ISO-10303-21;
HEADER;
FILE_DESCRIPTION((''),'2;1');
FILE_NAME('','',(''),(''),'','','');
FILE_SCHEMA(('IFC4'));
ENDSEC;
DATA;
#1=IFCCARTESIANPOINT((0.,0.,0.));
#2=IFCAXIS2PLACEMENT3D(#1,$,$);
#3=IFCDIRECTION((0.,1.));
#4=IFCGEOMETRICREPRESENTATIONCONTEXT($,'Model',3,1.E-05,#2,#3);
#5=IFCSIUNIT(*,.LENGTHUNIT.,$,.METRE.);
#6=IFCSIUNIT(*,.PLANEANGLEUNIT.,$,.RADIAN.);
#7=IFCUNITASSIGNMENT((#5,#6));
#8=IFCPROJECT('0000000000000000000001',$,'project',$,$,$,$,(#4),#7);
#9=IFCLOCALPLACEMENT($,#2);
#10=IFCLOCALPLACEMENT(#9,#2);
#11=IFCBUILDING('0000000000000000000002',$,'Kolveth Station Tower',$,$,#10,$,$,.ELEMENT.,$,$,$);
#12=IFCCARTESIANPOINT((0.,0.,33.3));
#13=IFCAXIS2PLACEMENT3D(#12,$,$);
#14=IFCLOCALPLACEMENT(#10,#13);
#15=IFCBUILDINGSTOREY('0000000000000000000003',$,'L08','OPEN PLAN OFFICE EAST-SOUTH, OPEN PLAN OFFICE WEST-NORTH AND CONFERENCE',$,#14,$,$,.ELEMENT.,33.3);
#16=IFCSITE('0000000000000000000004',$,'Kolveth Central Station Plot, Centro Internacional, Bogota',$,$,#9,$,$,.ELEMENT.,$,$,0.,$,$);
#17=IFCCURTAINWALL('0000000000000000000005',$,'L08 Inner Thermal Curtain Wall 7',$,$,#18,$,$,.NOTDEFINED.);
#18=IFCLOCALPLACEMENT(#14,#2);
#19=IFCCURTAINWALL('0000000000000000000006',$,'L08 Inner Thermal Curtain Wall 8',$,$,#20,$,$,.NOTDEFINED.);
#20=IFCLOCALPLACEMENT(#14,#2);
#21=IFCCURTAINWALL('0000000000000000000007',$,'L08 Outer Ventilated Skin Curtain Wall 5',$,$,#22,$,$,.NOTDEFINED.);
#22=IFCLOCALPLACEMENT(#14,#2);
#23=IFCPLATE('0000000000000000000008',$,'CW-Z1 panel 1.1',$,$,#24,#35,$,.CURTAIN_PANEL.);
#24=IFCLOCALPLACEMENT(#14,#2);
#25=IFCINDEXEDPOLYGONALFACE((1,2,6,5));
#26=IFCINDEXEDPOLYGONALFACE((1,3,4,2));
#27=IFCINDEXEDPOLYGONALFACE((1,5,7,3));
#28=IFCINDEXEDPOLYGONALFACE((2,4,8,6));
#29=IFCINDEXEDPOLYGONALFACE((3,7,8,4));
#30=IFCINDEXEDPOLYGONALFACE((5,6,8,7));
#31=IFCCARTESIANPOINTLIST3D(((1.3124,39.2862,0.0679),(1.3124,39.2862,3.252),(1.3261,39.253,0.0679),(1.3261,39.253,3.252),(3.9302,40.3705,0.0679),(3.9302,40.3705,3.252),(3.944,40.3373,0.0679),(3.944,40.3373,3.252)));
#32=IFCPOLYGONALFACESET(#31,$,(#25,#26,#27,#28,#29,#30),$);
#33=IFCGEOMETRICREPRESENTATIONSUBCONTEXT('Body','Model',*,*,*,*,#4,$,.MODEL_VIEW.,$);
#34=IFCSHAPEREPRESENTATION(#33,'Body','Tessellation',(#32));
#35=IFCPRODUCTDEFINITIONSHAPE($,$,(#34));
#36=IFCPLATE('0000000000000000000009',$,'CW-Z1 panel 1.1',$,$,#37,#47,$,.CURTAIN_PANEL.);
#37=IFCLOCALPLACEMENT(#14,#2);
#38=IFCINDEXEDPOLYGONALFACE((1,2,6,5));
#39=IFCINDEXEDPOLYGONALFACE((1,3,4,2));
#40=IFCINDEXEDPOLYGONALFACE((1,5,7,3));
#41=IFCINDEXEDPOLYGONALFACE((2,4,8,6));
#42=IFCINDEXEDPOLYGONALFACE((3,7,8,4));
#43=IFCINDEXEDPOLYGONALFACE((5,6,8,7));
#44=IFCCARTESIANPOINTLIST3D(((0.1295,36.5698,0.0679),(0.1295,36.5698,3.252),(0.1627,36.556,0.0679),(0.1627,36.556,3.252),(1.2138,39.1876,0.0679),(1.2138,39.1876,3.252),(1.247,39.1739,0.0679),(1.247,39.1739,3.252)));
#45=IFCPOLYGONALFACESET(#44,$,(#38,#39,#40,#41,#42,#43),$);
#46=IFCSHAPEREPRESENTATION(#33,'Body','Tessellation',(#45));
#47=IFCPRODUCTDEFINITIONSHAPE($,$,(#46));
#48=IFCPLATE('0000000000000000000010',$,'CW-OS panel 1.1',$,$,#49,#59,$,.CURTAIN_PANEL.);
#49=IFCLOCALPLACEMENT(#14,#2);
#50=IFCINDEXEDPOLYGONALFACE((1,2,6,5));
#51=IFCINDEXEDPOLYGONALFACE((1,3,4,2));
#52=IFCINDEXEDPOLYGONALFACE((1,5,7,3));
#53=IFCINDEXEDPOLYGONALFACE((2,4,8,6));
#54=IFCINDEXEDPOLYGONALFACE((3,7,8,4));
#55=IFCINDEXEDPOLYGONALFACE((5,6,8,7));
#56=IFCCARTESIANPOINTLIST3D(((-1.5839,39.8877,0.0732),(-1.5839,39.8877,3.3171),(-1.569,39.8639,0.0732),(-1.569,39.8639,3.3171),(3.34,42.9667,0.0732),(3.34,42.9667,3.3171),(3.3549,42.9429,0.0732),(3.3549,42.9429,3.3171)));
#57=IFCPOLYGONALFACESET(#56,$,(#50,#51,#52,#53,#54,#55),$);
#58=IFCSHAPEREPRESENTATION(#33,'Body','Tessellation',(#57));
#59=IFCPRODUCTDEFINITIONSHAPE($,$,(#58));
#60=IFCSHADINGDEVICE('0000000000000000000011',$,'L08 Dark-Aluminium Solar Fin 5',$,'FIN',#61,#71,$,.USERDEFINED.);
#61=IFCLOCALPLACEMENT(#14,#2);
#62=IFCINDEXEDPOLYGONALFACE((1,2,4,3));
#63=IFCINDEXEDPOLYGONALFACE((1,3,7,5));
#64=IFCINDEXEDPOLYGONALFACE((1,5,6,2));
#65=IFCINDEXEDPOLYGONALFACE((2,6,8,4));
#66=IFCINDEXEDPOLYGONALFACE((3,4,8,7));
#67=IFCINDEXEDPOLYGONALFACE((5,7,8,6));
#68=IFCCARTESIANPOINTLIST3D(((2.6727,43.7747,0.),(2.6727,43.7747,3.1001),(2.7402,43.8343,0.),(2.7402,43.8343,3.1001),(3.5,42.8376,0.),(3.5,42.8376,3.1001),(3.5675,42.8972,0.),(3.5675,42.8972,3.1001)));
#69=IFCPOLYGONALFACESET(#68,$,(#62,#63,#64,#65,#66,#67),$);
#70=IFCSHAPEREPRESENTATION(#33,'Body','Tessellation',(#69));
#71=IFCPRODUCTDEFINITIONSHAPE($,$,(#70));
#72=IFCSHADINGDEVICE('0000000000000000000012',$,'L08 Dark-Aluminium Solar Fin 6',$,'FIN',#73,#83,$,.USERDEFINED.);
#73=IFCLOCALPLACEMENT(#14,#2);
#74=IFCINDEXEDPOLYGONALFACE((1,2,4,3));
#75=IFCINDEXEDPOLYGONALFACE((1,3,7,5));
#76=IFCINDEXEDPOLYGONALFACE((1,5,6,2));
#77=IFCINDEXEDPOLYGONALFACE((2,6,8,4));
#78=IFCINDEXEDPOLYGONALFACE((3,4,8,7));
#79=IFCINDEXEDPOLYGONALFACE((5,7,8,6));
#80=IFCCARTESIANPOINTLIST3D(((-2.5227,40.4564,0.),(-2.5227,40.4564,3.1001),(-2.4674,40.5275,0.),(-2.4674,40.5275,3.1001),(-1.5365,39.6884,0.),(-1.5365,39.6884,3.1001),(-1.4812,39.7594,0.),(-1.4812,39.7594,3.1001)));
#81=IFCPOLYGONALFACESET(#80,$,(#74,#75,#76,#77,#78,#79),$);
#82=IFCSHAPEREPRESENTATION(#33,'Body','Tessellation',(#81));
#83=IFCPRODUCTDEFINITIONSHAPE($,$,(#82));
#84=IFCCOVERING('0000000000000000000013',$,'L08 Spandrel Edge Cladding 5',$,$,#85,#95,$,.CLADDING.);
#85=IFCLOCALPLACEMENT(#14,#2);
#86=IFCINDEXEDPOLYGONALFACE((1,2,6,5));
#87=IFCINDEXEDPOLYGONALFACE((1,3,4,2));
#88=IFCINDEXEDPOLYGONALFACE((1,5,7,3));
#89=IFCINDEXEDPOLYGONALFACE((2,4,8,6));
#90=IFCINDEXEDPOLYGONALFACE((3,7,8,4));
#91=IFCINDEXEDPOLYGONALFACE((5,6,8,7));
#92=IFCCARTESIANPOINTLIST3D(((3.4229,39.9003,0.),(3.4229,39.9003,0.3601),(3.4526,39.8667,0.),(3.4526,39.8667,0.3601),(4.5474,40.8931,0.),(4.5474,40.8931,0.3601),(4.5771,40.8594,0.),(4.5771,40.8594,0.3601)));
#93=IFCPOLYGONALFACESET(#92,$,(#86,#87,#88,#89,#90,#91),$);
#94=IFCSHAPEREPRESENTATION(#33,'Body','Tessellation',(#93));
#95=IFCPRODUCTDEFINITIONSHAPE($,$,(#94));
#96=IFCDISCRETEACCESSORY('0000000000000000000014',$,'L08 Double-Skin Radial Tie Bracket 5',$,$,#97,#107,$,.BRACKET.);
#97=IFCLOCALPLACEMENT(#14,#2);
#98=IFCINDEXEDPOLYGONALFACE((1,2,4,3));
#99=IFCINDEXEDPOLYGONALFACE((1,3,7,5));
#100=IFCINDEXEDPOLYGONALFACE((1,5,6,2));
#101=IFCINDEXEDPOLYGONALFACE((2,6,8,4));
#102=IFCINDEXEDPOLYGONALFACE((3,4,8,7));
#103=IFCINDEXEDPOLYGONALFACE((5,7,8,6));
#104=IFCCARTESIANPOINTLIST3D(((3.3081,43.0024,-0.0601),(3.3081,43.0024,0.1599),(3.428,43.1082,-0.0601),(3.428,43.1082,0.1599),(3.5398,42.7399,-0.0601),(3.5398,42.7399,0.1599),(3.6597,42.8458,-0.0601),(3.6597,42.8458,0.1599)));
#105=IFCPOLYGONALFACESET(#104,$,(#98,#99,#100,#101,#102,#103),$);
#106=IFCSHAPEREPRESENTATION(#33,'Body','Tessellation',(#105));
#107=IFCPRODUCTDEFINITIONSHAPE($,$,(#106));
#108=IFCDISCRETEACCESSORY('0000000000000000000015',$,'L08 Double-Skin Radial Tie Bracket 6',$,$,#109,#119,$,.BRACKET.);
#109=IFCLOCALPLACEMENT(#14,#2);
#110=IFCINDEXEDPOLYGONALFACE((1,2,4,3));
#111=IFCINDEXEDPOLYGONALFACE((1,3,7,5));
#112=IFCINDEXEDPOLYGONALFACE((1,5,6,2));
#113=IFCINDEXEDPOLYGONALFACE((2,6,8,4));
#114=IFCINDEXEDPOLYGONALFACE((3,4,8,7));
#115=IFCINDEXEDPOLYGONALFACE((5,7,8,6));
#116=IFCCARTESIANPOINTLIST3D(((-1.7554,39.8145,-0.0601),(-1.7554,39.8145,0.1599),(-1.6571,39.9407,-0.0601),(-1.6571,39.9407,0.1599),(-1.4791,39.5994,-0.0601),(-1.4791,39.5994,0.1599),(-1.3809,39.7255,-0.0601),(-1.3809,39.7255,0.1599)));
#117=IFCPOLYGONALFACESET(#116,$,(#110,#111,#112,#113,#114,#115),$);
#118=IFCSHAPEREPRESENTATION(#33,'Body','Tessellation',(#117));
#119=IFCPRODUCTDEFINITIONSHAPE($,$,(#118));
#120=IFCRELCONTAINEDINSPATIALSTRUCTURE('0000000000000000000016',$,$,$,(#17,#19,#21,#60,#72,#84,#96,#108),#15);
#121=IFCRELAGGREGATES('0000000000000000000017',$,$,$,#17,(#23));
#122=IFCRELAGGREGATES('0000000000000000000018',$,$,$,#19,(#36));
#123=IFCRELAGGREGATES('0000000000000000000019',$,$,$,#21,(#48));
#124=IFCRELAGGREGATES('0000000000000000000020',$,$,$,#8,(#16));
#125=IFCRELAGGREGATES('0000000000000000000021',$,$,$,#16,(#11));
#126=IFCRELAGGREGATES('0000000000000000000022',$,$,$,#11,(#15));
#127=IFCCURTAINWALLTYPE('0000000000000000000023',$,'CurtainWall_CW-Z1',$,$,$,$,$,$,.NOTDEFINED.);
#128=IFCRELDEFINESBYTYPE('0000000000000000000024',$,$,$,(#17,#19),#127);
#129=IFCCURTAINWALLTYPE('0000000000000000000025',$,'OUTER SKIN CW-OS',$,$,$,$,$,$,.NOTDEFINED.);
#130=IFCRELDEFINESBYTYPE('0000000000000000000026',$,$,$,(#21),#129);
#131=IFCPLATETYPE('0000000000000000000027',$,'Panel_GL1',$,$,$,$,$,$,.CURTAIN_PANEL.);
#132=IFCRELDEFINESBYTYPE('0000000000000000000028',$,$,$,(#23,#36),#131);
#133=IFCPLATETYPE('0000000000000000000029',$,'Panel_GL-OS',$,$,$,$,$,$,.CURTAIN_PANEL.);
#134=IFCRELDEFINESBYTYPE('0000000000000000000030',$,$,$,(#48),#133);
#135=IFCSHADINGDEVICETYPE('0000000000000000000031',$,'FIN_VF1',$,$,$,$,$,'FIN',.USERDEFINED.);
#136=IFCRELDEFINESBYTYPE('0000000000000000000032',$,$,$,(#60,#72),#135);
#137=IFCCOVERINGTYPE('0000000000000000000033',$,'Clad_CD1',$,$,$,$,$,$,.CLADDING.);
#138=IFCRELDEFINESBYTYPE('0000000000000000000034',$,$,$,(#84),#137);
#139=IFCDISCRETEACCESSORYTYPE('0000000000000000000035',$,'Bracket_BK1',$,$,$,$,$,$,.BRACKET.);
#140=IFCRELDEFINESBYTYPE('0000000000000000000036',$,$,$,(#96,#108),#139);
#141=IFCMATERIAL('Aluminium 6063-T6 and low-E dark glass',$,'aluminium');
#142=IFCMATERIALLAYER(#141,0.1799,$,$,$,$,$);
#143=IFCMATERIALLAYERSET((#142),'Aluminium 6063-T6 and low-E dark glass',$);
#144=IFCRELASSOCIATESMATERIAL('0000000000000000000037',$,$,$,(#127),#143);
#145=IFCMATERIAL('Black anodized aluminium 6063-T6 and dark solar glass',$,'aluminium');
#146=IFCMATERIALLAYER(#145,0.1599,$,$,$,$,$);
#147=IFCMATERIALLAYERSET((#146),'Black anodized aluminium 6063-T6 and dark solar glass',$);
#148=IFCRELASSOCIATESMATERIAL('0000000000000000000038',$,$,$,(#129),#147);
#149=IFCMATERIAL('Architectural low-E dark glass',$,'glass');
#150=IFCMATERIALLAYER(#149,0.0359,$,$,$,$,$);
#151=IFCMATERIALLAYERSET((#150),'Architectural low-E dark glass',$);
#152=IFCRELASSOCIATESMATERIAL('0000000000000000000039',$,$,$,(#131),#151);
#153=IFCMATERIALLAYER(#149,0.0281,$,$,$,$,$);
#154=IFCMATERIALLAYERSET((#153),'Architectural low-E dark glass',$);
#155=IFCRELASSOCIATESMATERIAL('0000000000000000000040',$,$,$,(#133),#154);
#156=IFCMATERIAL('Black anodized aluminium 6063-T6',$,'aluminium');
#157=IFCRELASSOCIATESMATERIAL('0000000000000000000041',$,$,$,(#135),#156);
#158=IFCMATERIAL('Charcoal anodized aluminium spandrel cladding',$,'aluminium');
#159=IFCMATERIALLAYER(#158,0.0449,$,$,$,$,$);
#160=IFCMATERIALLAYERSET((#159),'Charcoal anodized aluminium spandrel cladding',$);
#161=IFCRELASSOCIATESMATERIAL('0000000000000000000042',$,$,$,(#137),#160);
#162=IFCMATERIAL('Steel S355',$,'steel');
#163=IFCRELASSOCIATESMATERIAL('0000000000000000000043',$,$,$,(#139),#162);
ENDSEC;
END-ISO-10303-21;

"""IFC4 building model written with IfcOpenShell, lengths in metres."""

from ifc_helpers import new_model, si_unit, direction, frame, origin, origin_2d, place, context, subcontext, project, spatial, rectangle, extrude, source, transform, mapped, material, layer, layer_set, type_object, element, aggregate, save


model = new_model("IFC4")

# Units and contexts
model_context = context("Model", 3, precision=1e-05, world=origin(), true_north=direction((0.0, 1.0)))
body_context = subcontext(model_context, "Body", "Model", "MODEL_VIEW")
ifc_project = project(units=[si_unit("LENGTHUNIT", "METRE"), si_unit("PLANEANGLEUNIT", "RADIAN")], contexts=[model_context])

# Site, building, storey
site_placement = place(None, origin())
site = spatial("IfcSite", under=ifc_project, at=site_placement, Name="Kolveth Central Station Plot, Centro Internacional, Bogota", CompositionType="ELEMENT", RefElevation=0.0)
building_placement = place(site_placement, origin())
building = spatial("IfcBuilding", under=site, at=building_placement, Name="Kolveth Station Tower", CompositionType="ELEMENT")
storey_placement = place(building_placement, frame((0.0, 0.0, 33.3)))
storey = spatial("IfcBuildingStorey", under=building, at=storey_placement, Name="L08", Description="OPEN PLAN OFFICE EAST-SOUTH, OPEN PLAN OFFICE WEST-NORTH AND CONFERENCE", CompositionType="ELEMENT", Elevation=33.3)

# Shared definitions
ifc_material_1 = material(Name="Steel S355", Category="steel")

# Shared definitions
ifc_material_2 = material(Name="Aluminium 6063-T6 and low-E dark glass", Category="aluminium")
ifc_layer_1 = layer(ifc_material_2, 0.1799)
ifc_layer_set_1 = layer_set([ifc_layer_1], Name="Aluminium 6063-T6 and low-E dark glass")
curtain_wall_type_1 = type_object("IfcCurtainWallType", Name="CurtainWall_CW-Z1", PredefinedType="NOTDEFINED", material=ifc_layer_set_1)
ifc_material_3 = material(Name="Black anodized aluminium 6063-T6", Category="aluminium")

# Curtain walls
curtain_wall_1_placement = place(storey_placement, origin())
curtain_wall_1 = element("IfcCurtainWall", 1, at=curtain_wall_1_placement, inside=storey, type_object=curtain_wall_type_1, Name="L08 Inner Thermal Curtain Wall 7", PredefinedType="NOTDEFINED")
curtain_wall_2_placement = place(storey_placement, origin())
curtain_wall_2 = element("IfcCurtainWall", 2, at=curtain_wall_2_placement, inside=storey, type_object=curtain_wall_type_1, Name="L08 Inner Thermal Curtain Wall 8", PredefinedType="NOTDEFINED")

# Shared definitions
ifc_material_4 = material(Name="Black anodized aluminium 6063-T6 and dark solar glass", Category="aluminium")
ifc_layer_2 = layer(ifc_material_4, 0.1599)
ifc_layer_set_2 = layer_set([ifc_layer_2], Name="Black anodized aluminium 6063-T6 and dark solar glass")
curtain_wall_type_2 = type_object("IfcCurtainWallType", Name="OUTER SKIN CW-OS", PredefinedType="NOTDEFINED", material=ifc_layer_set_2)

# Curtain wall
curtain_wall_3_placement = place(storey_placement, origin())
curtain_wall_3 = element("IfcCurtainWall", 3, at=curtain_wall_3_placement, inside=storey, type_object=curtain_wall_type_2, Name="L08 Outer Ventilated Skin Curtain Wall 5", PredefinedType="NOTDEFINED")

# Plates
ifc_material_5 = material(Name="Architectural low-E dark glass", Category="glass")
ifc_layer_3 = layer(ifc_material_5, 0.0359)
ifc_layer_set_3 = layer_set([ifc_layer_3], Name="Architectural low-E dark glass")
plate_type_1 = type_object("IfcPlateType", Name="Panel_GL1", PredefinedType="CURTAIN_PANEL", material=ifc_layer_set_3)
shared_shape_1 = source(origin(), body_context, "Body", "SweptSolid", [
    extrude(rectangle(XDim=2.8335, YDim=0.0359, at=origin_2d()), origin(), (0.0, 0.0, 1.0), 3.1841),
])
plate_1_placement = place(storey_placement, frame((2.6282, 39.8118, 0.0679), z_axis=(0.0, 0.0, 1.0), x_axis=(-0.923884, -0.382673, 0.0)))
plate_1 = element("IfcPlate", 4, at=plate_1_placement, type_object=plate_type_1, Name="CW-Z1 panel 1.1", PredefinedType="CURTAIN_PANEL", context=body_context, shape_type="MappedRepresentation", body=[
    mapped(shared_shape_1, transform((0.0, 0.0, 0.0), x_axis=(1.0, 0.0, 0.0), y_axis=(0.0, 1.0, 0.0), z_axis=(0.0, 0.0, 1.0), scale=1.0)),
])
aggregate(curtain_wall_1, [plate_1])
plate_2_placement = place(storey_placement, frame((0.6882, 37.8718, 0.0679), z_axis=(0.0, 0.0, 1.0), x_axis=(-0.382673, -0.923884, 0.0)))
plate_2 = element("IfcPlate", 5, at=plate_2_placement, type_object=plate_type_1, Name="CW-Z1 panel 1.1", PredefinedType="CURTAIN_PANEL", context=body_context, shape_type="MappedRepresentation", body=[
    mapped(shared_shape_1, transform((0.0, 0.0, 0.0), x_axis=(1.0, 0.0, 0.0), y_axis=(0.0, 1.0, 0.0), z_axis=(0.0, 0.0, 1.0), scale=1.0)),
])
aggregate(curtain_wall_2, [plate_2])
ifc_layer_4 = layer(ifc_material_5, 0.0281)
ifc_layer_set_4 = layer_set([ifc_layer_4], Name="Architectural low-E dark glass")
plate_type_2 = type_object("IfcPlateType", Name="Panel_GL-OS", PredefinedType="CURTAIN_PANEL", material=ifc_layer_set_4)
shared_shape_2 = source(origin(), body_context, "Body", "SweptSolid", [
    extrude(rectangle(XDim=5.8074, YDim=0.0281, at=origin_2d()), origin(), (0.0, 0.0, 1.0), 3.2439),
])
plate_3_placement = place(storey_placement, frame((0.8855, 41.4153, 0.0732), z_axis=(0.0, 0.0, 1.0), x_axis=(-0.847876, -0.530195, 0.0)))
plate_3 = element("IfcPlate", 6, at=plate_3_placement, type_object=plate_type_2, Name="CW-OS panel 1.1", PredefinedType="CURTAIN_PANEL", context=body_context, shape_type="MappedRepresentation", body=[
    mapped(shared_shape_2, transform((0.0, 0.0, 0.0), x_axis=(1.0, 0.0, 0.0), y_axis=(0.0, 1.0, 0.0), z_axis=(0.0, 0.0, 1.0), scale=1.0)),
])
aggregate(curtain_wall_3, [plate_3])

# Shading devices
shading_device_type = type_object("IfcShadingDeviceType", Name="FIN_VF1", ElementType="FIN", PredefinedType="USERDEFINED", material=ifc_material_3)
shared_shape_3 = source(origin(), body_context, "Body", "SweptSolid", [
    extrude(rectangle(XDim=1.25, YDim=0.0901, at=origin_2d()), origin(), (0.0, 0.0, 1.0), 3.1001),
])
for number, where, z_axis, x_axis, name in (
    (7, (3.1201, 43.3359, 0.0), (0.0, 0.0, 1.0), (-0.661835, 0.749649, 0.0), "L08 Dark-Aluminium Solar Fin 5"),
    (8, (-2.002, 40.1079, 0.0), (0.0, 0.0, 1.0), (-0.788977, 0.614423, 0.0), "L08 Dark-Aluminium Solar Fin 6"),
):
    element("IfcShadingDevice", number, at=place(storey_placement, frame(where, z_axis=z_axis, x_axis=x_axis)), inside=storey, type_object=shading_device_type, Name=name, ObjectType="FIN", PredefinedType="USERDEFINED", context=body_context, shape_type="MappedRepresentation", body=[
        mapped(shared_shape_3, transform((0.0, 0.0, 0.0), x_axis=(1.0, 0.0, 0.0), y_axis=(0.0, 1.0, 0.0), z_axis=(0.0, 0.0, 1.0), scale=1.0)),
    ])

# Covering
ifc_material_6 = material(Name="Charcoal anodized aluminium spandrel cladding", Category="aluminium")
ifc_layer_5 = layer(ifc_material_6, 0.0449)
ifc_layer_set_5 = layer_set([ifc_layer_5], Name="Charcoal anodized aluminium spandrel cladding")
covering_type = type_object("IfcCoveringType", Name="Clad_CD1", PredefinedType="CLADDING", material=ifc_layer_set_5)
shared_shape_4 = source(origin(), body_context, "Body", "SweptSolid", [
    extrude(rectangle(XDim=1.5, YDim=0.0449, at=origin_2d()), origin(), (0.0, 0.0, 1.0), 0.3601),
])
covering_placement = place(storey_placement, frame((4.0, 40.3799, 0.0), z_axis=(0.0, 0.0, 1.0), x_axis=(-0.749649, -0.661835, 0.0)))
element("IfcCovering", 9, at=covering_placement, inside=storey, type_object=covering_type, Name="L08 Spandrel Edge Cladding 5", PredefinedType="CLADDING", context=body_context, shape_type="MappedRepresentation", body=[
    mapped(shared_shape_4, transform((0.0, 0.0, 0.0), x_axis=(1.0, 0.0, 0.0), y_axis=(0.0, 1.0, 0.0), z_axis=(0.0, 0.0, 1.0), scale=1.0)),
])

# Discrete accessories
discrete_accessory_type = type_object("IfcDiscreteAccessoryType", Name="Bracket_BK1", PredefinedType="BRACKET", material=ifc_material_1)
shared_shape_5 = source(origin(), body_context, "Body", "SweptSolid", [
    extrude(rectangle(XDim=0.3501, YDim=0.1599, at=origin_2d()), origin(), (0.0, 0.0, 1.0), 0.22),
])
for number, where, z_axis, x_axis, name in (
    (10, (3.4839, 42.9241, -0.0601), (0.0, 0.0, 1.0), (-0.661835, 0.749649, 0.0), "L08 Double-Skin Radial Tie Bracket 5"),
    (11, (-1.5681, 39.77, -0.0601), (0.0, 0.0, 1.0), (-0.788977, 0.614423, 0.0), "L08 Double-Skin Radial Tie Bracket 6"),
):
    element("IfcDiscreteAccessory", number, at=place(storey_placement, frame(where, z_axis=z_axis, x_axis=x_axis)), inside=storey, type_object=discrete_accessory_type, Name=name, PredefinedType="BRACKET", context=body_context, shape_type="MappedRepresentation", body=[
        mapped(shared_shape_5, transform((0.0, 0.0, 0.0), x_axis=(1.0, 0.0, 0.0), y_axis=(0.0, 1.0, 0.0), z_axis=(0.0, 0.0, 1.0), scale=1.0)),
    ])

save(model, "model.ifc")
